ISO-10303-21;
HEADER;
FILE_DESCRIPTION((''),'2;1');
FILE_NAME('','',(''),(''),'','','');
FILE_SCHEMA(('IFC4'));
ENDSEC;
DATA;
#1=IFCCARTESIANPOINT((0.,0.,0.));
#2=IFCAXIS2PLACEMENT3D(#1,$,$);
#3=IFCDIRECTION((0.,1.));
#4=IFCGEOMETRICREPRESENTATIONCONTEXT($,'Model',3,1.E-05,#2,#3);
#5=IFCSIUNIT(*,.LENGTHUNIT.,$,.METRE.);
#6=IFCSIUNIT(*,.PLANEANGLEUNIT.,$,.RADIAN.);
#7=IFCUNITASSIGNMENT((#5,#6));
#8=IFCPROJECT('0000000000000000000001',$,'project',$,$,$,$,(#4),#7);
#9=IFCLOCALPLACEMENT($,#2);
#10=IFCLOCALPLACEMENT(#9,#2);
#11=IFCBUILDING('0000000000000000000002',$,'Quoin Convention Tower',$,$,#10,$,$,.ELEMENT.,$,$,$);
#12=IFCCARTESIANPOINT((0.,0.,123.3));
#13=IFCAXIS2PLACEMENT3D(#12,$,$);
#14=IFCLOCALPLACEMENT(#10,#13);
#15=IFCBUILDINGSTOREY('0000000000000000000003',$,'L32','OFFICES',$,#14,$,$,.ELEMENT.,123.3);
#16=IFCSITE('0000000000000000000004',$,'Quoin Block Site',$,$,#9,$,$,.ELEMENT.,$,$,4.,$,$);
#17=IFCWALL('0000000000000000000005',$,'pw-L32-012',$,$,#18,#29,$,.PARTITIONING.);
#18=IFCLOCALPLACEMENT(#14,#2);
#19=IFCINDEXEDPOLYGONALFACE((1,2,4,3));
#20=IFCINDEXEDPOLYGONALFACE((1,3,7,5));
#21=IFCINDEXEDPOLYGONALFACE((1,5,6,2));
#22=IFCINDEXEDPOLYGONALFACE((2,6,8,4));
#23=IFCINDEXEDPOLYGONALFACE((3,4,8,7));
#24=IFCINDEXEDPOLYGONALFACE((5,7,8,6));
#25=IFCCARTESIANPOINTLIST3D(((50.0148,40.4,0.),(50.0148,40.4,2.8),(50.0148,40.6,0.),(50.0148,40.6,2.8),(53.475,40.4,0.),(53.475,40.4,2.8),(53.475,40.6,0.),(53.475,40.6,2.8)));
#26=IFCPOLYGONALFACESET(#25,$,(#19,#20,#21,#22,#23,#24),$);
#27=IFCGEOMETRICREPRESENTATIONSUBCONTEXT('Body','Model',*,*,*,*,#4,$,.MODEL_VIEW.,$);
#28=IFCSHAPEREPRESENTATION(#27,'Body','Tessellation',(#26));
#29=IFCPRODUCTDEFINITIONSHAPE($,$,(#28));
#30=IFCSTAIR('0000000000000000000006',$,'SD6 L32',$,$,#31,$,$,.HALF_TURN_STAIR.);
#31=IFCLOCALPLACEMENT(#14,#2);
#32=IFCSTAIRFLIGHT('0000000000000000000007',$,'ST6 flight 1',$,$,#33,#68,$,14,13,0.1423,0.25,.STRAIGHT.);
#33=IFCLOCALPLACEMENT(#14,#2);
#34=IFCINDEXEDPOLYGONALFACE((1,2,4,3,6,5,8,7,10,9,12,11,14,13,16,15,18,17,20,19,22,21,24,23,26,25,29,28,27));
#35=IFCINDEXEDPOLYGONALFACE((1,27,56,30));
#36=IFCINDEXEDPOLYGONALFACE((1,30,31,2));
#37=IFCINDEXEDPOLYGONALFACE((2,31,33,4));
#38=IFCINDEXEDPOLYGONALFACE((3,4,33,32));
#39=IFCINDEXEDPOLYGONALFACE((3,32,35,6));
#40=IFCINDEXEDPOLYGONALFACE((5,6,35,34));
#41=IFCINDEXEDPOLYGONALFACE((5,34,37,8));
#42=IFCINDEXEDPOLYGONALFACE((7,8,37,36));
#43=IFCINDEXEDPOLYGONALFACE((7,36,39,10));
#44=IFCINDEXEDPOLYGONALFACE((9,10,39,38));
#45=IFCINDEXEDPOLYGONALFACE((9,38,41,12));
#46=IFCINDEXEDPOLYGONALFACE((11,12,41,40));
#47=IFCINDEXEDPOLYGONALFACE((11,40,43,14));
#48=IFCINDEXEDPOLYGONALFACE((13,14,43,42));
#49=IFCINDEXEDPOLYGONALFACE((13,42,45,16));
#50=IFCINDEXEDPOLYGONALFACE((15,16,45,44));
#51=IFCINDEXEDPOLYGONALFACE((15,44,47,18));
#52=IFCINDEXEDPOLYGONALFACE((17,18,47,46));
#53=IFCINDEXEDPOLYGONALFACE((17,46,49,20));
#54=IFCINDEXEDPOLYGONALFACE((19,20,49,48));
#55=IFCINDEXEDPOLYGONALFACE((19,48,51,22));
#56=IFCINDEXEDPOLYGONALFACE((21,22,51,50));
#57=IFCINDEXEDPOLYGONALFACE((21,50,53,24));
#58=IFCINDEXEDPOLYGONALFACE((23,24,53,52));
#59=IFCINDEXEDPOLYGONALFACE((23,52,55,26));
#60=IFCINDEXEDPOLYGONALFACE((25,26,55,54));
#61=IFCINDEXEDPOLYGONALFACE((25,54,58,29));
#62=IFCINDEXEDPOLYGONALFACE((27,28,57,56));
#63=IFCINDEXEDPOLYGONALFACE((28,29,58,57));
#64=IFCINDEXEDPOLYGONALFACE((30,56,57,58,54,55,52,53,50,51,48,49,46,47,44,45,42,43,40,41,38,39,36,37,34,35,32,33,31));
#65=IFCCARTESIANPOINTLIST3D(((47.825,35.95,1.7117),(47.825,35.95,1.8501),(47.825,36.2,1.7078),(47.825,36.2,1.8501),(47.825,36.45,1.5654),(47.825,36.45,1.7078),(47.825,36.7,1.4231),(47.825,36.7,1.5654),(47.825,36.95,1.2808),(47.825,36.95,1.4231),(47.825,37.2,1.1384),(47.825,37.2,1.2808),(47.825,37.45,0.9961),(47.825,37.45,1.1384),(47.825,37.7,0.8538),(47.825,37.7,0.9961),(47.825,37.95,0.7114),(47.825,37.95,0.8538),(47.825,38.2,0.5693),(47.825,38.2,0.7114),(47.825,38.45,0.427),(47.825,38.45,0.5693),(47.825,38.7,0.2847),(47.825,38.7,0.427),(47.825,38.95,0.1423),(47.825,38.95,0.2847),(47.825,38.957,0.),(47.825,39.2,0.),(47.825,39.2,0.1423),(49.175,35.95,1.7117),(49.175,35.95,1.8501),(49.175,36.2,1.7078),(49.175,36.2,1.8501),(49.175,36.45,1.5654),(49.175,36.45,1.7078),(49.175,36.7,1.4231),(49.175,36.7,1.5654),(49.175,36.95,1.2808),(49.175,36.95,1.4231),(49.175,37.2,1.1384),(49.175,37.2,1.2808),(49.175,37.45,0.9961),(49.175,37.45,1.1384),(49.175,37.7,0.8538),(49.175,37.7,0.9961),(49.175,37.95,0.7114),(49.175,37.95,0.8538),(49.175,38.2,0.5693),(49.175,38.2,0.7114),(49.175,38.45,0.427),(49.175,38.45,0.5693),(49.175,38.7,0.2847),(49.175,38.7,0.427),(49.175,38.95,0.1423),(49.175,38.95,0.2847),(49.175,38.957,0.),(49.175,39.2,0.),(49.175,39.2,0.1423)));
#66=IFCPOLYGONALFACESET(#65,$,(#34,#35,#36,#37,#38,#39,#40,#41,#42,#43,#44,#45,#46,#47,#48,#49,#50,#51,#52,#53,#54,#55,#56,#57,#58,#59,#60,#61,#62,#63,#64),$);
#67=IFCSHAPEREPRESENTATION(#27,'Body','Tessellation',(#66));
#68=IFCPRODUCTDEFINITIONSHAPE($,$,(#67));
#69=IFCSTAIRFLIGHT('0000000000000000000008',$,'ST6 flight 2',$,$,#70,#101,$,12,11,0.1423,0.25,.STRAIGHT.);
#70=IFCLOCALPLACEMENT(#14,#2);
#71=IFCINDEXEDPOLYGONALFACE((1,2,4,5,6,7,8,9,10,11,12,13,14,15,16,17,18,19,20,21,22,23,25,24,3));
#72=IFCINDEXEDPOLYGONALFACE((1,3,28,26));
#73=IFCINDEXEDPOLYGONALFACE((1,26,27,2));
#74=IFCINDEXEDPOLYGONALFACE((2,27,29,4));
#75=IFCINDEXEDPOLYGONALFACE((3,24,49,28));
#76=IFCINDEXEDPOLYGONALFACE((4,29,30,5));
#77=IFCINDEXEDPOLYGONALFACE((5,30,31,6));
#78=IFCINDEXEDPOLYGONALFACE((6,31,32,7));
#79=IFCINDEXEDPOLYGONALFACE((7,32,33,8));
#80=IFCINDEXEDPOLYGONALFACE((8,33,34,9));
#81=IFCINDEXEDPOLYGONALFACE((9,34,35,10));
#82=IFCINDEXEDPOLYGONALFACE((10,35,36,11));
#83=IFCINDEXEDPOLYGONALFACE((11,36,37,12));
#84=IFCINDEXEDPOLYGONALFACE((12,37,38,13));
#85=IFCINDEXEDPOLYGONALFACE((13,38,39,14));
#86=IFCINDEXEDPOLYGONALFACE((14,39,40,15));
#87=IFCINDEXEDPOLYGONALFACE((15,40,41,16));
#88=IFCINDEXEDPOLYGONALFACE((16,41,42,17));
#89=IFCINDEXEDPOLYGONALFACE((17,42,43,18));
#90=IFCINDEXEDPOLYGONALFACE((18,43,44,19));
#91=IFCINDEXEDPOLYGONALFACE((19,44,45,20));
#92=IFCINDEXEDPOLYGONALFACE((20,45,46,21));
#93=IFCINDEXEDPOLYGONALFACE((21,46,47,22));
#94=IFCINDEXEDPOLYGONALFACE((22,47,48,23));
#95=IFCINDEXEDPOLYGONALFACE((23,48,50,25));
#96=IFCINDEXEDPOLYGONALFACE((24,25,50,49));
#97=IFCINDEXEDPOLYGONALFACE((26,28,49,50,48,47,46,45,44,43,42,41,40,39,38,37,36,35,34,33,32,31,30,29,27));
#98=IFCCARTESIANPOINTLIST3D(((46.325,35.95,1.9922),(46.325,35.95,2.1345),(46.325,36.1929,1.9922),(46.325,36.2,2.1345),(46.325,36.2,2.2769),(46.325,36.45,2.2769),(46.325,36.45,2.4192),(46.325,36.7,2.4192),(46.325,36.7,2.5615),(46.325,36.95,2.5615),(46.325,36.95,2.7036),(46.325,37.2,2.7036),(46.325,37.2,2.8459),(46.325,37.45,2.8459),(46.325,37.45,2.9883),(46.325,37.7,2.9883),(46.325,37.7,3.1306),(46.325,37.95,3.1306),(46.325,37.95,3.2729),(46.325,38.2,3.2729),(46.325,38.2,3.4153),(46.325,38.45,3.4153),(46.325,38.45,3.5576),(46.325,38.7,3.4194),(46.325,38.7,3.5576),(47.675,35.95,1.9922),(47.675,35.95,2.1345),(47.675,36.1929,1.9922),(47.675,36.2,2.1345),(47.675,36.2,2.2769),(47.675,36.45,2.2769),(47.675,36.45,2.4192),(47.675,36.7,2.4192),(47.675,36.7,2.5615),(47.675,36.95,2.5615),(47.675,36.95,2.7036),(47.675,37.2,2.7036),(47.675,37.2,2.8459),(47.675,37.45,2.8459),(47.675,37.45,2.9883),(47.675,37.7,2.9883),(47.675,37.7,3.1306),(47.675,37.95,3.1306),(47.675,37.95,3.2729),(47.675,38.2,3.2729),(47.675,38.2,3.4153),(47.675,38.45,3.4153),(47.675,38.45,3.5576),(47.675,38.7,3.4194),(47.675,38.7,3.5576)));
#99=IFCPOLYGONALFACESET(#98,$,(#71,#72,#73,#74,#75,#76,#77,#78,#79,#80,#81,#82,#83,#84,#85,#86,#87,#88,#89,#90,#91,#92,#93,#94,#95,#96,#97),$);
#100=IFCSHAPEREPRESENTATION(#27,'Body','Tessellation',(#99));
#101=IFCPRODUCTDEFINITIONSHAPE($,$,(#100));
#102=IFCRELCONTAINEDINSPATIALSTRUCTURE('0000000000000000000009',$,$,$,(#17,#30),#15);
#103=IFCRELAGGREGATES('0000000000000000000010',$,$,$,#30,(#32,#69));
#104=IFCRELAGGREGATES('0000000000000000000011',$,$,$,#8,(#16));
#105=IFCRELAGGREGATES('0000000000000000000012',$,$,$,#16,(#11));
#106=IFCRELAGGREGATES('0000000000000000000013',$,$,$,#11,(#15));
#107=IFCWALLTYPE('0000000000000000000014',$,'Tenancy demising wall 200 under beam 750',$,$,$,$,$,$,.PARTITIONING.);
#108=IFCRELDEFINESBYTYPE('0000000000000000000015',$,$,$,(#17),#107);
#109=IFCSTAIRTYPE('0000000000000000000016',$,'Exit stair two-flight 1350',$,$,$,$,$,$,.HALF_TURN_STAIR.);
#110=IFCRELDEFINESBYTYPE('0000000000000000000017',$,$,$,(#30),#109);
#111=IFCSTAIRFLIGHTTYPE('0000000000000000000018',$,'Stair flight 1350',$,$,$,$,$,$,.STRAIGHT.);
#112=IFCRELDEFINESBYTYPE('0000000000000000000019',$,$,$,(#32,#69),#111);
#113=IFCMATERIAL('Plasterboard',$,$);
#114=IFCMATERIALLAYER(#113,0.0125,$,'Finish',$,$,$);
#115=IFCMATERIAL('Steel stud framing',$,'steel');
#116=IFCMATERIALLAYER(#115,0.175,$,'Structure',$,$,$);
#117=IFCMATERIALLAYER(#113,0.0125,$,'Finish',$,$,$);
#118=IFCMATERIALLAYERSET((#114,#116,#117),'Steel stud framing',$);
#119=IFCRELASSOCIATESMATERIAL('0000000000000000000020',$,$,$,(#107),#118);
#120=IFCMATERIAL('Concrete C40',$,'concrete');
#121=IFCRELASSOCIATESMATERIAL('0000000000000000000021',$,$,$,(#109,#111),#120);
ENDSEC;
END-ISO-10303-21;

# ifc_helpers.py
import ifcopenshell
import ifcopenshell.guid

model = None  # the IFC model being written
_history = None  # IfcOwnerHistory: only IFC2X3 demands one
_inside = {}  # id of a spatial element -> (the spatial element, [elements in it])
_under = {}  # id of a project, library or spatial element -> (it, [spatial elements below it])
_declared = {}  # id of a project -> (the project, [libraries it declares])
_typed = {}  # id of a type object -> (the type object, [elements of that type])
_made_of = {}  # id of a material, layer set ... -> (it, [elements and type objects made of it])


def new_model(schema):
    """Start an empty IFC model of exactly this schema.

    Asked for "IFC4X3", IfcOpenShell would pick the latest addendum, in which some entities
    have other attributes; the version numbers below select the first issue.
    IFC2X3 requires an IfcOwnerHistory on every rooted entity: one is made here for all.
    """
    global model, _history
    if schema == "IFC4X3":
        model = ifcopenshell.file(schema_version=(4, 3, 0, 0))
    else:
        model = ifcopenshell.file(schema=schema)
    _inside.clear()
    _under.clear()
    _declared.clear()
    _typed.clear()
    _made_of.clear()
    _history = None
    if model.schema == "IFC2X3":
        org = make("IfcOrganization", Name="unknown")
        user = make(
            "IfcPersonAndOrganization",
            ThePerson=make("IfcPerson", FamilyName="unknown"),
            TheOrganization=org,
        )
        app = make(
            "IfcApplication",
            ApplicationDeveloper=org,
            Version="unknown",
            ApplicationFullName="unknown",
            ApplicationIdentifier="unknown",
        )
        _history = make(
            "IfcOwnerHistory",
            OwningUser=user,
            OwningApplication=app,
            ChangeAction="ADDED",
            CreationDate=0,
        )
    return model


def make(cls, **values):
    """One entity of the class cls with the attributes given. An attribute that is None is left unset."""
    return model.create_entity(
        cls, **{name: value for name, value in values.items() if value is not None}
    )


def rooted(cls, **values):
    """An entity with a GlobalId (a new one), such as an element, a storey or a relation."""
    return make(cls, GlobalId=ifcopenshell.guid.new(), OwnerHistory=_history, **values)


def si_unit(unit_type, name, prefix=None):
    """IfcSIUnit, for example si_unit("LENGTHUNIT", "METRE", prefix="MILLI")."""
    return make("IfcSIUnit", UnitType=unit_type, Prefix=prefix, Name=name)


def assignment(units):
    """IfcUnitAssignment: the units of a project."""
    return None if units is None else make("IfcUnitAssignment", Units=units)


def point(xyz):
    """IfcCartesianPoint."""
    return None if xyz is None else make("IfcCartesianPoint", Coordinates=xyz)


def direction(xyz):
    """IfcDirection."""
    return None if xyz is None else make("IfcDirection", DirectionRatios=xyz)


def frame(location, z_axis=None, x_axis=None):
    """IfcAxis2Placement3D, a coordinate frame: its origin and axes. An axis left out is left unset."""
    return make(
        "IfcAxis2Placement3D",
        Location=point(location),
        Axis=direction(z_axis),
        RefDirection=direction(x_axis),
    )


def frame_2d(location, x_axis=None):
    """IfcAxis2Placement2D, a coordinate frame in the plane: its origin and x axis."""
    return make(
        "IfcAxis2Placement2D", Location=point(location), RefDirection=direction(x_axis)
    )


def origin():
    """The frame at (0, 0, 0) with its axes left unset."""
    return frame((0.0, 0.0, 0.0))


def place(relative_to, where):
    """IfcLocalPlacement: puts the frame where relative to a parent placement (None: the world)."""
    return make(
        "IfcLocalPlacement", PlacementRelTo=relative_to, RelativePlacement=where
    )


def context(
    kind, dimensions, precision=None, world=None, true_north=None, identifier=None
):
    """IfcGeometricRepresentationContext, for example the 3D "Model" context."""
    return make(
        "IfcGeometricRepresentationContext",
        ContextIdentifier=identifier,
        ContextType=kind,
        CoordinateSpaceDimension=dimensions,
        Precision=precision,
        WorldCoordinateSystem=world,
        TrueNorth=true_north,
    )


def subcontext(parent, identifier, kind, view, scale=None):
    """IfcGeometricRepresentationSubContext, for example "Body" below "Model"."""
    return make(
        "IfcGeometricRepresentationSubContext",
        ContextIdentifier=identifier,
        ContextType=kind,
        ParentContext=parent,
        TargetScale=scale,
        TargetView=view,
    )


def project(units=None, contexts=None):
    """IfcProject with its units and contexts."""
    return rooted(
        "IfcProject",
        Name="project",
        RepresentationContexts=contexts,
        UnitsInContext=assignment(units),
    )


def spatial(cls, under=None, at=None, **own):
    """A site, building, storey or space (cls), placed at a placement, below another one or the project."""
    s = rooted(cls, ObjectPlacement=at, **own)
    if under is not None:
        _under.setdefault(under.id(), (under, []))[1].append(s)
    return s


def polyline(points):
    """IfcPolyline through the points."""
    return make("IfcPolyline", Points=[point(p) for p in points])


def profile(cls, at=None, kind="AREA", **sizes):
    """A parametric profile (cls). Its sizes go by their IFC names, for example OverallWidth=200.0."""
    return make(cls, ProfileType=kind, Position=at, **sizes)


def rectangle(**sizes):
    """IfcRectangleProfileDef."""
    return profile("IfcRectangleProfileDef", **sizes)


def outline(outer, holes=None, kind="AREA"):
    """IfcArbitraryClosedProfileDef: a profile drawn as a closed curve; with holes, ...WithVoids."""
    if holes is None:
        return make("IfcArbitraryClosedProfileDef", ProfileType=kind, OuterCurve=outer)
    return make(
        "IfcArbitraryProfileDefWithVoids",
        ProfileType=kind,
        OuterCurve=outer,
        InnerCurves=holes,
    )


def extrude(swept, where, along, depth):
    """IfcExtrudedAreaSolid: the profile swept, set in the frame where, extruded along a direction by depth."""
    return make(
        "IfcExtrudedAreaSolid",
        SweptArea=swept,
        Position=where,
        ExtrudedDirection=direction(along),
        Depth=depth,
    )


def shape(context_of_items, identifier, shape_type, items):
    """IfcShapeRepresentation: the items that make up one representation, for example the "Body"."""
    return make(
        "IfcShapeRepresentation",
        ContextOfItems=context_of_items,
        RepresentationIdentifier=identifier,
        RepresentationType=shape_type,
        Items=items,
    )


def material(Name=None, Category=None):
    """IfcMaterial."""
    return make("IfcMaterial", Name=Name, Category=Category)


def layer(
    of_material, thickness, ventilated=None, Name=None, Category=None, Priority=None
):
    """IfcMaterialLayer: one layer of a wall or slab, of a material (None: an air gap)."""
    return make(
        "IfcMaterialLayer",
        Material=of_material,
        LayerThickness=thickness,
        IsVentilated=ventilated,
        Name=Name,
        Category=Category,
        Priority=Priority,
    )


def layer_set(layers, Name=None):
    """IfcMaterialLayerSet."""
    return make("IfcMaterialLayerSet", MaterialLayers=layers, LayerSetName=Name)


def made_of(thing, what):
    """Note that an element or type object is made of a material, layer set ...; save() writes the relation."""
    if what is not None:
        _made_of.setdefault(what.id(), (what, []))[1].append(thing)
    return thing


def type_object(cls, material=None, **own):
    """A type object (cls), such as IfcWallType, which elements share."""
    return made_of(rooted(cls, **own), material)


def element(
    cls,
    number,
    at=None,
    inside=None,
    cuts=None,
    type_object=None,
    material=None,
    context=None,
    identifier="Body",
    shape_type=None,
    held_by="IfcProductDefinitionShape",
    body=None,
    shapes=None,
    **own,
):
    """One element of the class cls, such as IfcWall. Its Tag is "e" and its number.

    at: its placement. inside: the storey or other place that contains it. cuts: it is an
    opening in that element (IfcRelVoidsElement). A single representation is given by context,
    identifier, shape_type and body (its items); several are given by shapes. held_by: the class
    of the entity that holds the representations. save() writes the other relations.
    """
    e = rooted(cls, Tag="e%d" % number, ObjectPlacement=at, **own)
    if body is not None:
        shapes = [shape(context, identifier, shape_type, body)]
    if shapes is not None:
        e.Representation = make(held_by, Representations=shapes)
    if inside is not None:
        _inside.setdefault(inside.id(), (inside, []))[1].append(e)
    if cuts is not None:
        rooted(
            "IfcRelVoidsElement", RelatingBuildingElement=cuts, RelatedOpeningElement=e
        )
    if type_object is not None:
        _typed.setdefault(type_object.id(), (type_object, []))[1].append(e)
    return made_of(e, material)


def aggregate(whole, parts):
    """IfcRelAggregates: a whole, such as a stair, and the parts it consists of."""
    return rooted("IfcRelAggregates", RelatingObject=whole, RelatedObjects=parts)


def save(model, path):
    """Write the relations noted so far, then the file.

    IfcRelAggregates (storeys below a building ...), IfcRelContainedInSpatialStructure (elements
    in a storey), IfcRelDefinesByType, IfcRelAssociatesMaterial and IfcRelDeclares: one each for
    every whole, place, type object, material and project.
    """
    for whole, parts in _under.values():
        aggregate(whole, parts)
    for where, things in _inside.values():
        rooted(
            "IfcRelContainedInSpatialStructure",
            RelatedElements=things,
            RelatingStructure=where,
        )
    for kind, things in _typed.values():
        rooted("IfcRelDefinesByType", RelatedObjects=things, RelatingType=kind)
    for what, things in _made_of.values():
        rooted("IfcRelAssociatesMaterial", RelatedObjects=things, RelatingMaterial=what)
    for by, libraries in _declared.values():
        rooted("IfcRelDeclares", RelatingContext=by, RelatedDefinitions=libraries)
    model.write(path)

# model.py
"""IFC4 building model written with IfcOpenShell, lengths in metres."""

from ifc_helpers import new_model, si_unit, direction, frame, frame_2d, origin, place, context, subcontext, project, spatial, polyline, rectangle, outline, extrude, material, layer, layer_set, type_object, element, aggregate, save


model = new_model("IFC4")

# Units and contexts
model_context = context("Model", 3, precision=1e-05, world=origin(), true_north=direction((0.0, 1.0)))
body_context = subcontext(model_context, "Body", "Model", "MODEL_VIEW")
ifc_project = project(units=[si_unit("LENGTHUNIT", "METRE"), si_unit("PLANEANGLEUNIT", "RADIAN")], contexts=[model_context])

# Site, building, storey
site_placement = place(None, origin())
site = spatial("IfcSite", under=ifc_project, at=site_placement, Name="Quoin Block Site", CompositionType="ELEMENT", RefElevation=4.0)
building_placement = place(site_placement, origin())
building = spatial("IfcBuilding", under=site, at=building_placement, Name="Quoin Convention Tower", CompositionType="ELEMENT")
storey_placement = place(building_placement, frame((0.0, 0.0, 123.3)))
storey = spatial("IfcBuildingStorey", under=building, at=storey_placement, Name="L32", Description="OFFICES", CompositionType="ELEMENT", Elevation=123.3)

# Shared definitions
ifc_material_1 = material(Name="Plasterboard")
ifc_material_2 = material(Name="Steel stud framing", Category="steel")

# Wall
ifc_layer_1 = layer(ifc_material_1, 0.0125, Name="Finish")
ifc_layer_2 = layer(ifc_material_2, 0.175, Name="Structure")
ifc_layer_3 = layer(ifc_material_1, 0.0125, Name="Finish")
ifc_layer_set_1 = layer_set([ifc_layer_1, ifc_layer_2, ifc_layer_3], Name="Steel stud framing")
wall_type_1 = type_object("IfcWallType", Name="Tenancy demising wall 200 under beam 750", PredefinedType="PARTITIONING", material=ifc_layer_set_1)
wall_1_placement = place(storey_placement, frame((50.0149, 40.5, 0.0), z_axis=(0.0, 0.0, 1.0), x_axis=(1.0, 0.0, 0.0)))
element("IfcWall", 1, at=wall_1_placement, inside=storey, type_object=wall_type_1, Name="pw-L32-012", PredefinedType="PARTITIONING", context=body_context, shape_type="SweptSolid", body=[
    extrude(rectangle(XDim=3.4602, YDim=0.2, at=frame_2d((1.73, 0.0))), origin(), (0.0, 0.0, 1.0), 2.8),
])

# Stair, stair flights
ifc_material_3 = material(Name="Concrete C40", Category="concrete")
stair_type = type_object("IfcStairType", Name="Exit stair two-flight 1350", PredefinedType="HALF_TURN_STAIR", material=ifc_material_3)
stair_placement = place(storey_placement, origin())
stair = element("IfcStair", 2, at=stair_placement, inside=storey, type_object=stair_type, Name="SD6 L32", PredefinedType="HALF_TURN_STAIR")
stair_flight_type = type_object("IfcStairFlightType", Name="Stair flight 1350", PredefinedType="STRAIGHT", material=ifc_material_3)
stair_flight_1_placement = place(storey_placement, frame((48.5, 39.2, 0.0), z_axis=(0.0, 0.0, 1.0), x_axis=(0.0, -1.0, 0.0)))
stair_flight_1 = element("IfcStairFlight", 3, at=stair_flight_1_placement, type_object=stair_flight_type, Name="ST6 flight 1", NumberOfRisers=14, NumberOfTreads=13, PredefinedType="STRAIGHT", RiserHeight=0.1423, TreadLength=0.25, context=body_context, shape_type="SweptSolid", body=[
    extrude(outline(polyline([(0.0, 0.0), (0.0, 0.1423), (0.25, 0.1423), (0.25, 0.2847), (0.5, 0.2847), (0.5, 0.427), (0.75, 0.427), (0.75, 0.5693), (1.0, 0.5693), (1.0, 0.7114), (1.25, 0.7114), (1.25, 0.8538), (1.5, 0.8538), (1.5, 0.9961), (1.75, 0.9961), (1.75, 1.1384), (2.0, 1.1384), (2.0, 1.2808), (2.25, 1.2808), (2.25, 1.4231), (2.5, 1.4231), (2.5, 1.5654), (2.75, 1.5654), (2.75, 1.7078), (3.0, 1.7078), (3.0, 1.8501), (3.25, 1.8501), (3.25, 1.9922), (3.25, 1.7117), (0.2429, 0.0), (0.0, 0.0)])), frame((0.0, 0.675, 0.0), z_axis=(0.0, -1.0, 0.0), x_axis=(1.0, 0.0, 0.0)), (0.0, 0.0, 1.0), 1.3501),
])
stair_flight_2_placement = place(storey_placement, frame((47.0, 35.95, 1.9922), z_axis=(0.0, 0.0, 1.0), x_axis=(0.0, 1.0, 0.0)))
stair_flight_2 = element("IfcStairFlight", 4, at=stair_flight_2_placement, type_object=stair_flight_type, Name="ST6 flight 2", NumberOfRisers=12, NumberOfTreads=11, PredefinedType="STRAIGHT", RiserHeight=0.1423, TreadLength=0.25, context=body_context, shape_type="SweptSolid", body=[
    extrude(outline(polyline([(0.0, 0.0), (0.0, 0.1423), (0.25, 0.1423), (0.25, 0.2847), (0.5, 0.2847), (0.5, 0.427), (0.75, 0.427), (0.75, 0.5693), (1.0, 0.5693), (1.0, 0.7114), (1.25, 0.7114), (1.25, 0.8538), (1.5, 0.8538), (1.5, 0.9961), (1.75, 0.9961), (1.75, 1.1384), (2.0, 1.1384), (2.0, 1.2808), (2.25, 1.2808), (2.25, 1.4231), (2.5, 1.4231), (2.5, 1.5654), (2.75, 1.5654), (2.75, 1.7078), (2.75, 1.4272), (0.2429, 0.0), (0.0, 0.0)])), frame((0.0, 0.675, 0.0), z_axis=(0.0, -1.0, 0.0), x_axis=(1.0, 0.0, 0.0)), (0.0, 0.0, 1.0), 1.3501),
])
aggregate(stair, [stair_flight_1, stair_flight_2])

save(model, "model.ifc")
